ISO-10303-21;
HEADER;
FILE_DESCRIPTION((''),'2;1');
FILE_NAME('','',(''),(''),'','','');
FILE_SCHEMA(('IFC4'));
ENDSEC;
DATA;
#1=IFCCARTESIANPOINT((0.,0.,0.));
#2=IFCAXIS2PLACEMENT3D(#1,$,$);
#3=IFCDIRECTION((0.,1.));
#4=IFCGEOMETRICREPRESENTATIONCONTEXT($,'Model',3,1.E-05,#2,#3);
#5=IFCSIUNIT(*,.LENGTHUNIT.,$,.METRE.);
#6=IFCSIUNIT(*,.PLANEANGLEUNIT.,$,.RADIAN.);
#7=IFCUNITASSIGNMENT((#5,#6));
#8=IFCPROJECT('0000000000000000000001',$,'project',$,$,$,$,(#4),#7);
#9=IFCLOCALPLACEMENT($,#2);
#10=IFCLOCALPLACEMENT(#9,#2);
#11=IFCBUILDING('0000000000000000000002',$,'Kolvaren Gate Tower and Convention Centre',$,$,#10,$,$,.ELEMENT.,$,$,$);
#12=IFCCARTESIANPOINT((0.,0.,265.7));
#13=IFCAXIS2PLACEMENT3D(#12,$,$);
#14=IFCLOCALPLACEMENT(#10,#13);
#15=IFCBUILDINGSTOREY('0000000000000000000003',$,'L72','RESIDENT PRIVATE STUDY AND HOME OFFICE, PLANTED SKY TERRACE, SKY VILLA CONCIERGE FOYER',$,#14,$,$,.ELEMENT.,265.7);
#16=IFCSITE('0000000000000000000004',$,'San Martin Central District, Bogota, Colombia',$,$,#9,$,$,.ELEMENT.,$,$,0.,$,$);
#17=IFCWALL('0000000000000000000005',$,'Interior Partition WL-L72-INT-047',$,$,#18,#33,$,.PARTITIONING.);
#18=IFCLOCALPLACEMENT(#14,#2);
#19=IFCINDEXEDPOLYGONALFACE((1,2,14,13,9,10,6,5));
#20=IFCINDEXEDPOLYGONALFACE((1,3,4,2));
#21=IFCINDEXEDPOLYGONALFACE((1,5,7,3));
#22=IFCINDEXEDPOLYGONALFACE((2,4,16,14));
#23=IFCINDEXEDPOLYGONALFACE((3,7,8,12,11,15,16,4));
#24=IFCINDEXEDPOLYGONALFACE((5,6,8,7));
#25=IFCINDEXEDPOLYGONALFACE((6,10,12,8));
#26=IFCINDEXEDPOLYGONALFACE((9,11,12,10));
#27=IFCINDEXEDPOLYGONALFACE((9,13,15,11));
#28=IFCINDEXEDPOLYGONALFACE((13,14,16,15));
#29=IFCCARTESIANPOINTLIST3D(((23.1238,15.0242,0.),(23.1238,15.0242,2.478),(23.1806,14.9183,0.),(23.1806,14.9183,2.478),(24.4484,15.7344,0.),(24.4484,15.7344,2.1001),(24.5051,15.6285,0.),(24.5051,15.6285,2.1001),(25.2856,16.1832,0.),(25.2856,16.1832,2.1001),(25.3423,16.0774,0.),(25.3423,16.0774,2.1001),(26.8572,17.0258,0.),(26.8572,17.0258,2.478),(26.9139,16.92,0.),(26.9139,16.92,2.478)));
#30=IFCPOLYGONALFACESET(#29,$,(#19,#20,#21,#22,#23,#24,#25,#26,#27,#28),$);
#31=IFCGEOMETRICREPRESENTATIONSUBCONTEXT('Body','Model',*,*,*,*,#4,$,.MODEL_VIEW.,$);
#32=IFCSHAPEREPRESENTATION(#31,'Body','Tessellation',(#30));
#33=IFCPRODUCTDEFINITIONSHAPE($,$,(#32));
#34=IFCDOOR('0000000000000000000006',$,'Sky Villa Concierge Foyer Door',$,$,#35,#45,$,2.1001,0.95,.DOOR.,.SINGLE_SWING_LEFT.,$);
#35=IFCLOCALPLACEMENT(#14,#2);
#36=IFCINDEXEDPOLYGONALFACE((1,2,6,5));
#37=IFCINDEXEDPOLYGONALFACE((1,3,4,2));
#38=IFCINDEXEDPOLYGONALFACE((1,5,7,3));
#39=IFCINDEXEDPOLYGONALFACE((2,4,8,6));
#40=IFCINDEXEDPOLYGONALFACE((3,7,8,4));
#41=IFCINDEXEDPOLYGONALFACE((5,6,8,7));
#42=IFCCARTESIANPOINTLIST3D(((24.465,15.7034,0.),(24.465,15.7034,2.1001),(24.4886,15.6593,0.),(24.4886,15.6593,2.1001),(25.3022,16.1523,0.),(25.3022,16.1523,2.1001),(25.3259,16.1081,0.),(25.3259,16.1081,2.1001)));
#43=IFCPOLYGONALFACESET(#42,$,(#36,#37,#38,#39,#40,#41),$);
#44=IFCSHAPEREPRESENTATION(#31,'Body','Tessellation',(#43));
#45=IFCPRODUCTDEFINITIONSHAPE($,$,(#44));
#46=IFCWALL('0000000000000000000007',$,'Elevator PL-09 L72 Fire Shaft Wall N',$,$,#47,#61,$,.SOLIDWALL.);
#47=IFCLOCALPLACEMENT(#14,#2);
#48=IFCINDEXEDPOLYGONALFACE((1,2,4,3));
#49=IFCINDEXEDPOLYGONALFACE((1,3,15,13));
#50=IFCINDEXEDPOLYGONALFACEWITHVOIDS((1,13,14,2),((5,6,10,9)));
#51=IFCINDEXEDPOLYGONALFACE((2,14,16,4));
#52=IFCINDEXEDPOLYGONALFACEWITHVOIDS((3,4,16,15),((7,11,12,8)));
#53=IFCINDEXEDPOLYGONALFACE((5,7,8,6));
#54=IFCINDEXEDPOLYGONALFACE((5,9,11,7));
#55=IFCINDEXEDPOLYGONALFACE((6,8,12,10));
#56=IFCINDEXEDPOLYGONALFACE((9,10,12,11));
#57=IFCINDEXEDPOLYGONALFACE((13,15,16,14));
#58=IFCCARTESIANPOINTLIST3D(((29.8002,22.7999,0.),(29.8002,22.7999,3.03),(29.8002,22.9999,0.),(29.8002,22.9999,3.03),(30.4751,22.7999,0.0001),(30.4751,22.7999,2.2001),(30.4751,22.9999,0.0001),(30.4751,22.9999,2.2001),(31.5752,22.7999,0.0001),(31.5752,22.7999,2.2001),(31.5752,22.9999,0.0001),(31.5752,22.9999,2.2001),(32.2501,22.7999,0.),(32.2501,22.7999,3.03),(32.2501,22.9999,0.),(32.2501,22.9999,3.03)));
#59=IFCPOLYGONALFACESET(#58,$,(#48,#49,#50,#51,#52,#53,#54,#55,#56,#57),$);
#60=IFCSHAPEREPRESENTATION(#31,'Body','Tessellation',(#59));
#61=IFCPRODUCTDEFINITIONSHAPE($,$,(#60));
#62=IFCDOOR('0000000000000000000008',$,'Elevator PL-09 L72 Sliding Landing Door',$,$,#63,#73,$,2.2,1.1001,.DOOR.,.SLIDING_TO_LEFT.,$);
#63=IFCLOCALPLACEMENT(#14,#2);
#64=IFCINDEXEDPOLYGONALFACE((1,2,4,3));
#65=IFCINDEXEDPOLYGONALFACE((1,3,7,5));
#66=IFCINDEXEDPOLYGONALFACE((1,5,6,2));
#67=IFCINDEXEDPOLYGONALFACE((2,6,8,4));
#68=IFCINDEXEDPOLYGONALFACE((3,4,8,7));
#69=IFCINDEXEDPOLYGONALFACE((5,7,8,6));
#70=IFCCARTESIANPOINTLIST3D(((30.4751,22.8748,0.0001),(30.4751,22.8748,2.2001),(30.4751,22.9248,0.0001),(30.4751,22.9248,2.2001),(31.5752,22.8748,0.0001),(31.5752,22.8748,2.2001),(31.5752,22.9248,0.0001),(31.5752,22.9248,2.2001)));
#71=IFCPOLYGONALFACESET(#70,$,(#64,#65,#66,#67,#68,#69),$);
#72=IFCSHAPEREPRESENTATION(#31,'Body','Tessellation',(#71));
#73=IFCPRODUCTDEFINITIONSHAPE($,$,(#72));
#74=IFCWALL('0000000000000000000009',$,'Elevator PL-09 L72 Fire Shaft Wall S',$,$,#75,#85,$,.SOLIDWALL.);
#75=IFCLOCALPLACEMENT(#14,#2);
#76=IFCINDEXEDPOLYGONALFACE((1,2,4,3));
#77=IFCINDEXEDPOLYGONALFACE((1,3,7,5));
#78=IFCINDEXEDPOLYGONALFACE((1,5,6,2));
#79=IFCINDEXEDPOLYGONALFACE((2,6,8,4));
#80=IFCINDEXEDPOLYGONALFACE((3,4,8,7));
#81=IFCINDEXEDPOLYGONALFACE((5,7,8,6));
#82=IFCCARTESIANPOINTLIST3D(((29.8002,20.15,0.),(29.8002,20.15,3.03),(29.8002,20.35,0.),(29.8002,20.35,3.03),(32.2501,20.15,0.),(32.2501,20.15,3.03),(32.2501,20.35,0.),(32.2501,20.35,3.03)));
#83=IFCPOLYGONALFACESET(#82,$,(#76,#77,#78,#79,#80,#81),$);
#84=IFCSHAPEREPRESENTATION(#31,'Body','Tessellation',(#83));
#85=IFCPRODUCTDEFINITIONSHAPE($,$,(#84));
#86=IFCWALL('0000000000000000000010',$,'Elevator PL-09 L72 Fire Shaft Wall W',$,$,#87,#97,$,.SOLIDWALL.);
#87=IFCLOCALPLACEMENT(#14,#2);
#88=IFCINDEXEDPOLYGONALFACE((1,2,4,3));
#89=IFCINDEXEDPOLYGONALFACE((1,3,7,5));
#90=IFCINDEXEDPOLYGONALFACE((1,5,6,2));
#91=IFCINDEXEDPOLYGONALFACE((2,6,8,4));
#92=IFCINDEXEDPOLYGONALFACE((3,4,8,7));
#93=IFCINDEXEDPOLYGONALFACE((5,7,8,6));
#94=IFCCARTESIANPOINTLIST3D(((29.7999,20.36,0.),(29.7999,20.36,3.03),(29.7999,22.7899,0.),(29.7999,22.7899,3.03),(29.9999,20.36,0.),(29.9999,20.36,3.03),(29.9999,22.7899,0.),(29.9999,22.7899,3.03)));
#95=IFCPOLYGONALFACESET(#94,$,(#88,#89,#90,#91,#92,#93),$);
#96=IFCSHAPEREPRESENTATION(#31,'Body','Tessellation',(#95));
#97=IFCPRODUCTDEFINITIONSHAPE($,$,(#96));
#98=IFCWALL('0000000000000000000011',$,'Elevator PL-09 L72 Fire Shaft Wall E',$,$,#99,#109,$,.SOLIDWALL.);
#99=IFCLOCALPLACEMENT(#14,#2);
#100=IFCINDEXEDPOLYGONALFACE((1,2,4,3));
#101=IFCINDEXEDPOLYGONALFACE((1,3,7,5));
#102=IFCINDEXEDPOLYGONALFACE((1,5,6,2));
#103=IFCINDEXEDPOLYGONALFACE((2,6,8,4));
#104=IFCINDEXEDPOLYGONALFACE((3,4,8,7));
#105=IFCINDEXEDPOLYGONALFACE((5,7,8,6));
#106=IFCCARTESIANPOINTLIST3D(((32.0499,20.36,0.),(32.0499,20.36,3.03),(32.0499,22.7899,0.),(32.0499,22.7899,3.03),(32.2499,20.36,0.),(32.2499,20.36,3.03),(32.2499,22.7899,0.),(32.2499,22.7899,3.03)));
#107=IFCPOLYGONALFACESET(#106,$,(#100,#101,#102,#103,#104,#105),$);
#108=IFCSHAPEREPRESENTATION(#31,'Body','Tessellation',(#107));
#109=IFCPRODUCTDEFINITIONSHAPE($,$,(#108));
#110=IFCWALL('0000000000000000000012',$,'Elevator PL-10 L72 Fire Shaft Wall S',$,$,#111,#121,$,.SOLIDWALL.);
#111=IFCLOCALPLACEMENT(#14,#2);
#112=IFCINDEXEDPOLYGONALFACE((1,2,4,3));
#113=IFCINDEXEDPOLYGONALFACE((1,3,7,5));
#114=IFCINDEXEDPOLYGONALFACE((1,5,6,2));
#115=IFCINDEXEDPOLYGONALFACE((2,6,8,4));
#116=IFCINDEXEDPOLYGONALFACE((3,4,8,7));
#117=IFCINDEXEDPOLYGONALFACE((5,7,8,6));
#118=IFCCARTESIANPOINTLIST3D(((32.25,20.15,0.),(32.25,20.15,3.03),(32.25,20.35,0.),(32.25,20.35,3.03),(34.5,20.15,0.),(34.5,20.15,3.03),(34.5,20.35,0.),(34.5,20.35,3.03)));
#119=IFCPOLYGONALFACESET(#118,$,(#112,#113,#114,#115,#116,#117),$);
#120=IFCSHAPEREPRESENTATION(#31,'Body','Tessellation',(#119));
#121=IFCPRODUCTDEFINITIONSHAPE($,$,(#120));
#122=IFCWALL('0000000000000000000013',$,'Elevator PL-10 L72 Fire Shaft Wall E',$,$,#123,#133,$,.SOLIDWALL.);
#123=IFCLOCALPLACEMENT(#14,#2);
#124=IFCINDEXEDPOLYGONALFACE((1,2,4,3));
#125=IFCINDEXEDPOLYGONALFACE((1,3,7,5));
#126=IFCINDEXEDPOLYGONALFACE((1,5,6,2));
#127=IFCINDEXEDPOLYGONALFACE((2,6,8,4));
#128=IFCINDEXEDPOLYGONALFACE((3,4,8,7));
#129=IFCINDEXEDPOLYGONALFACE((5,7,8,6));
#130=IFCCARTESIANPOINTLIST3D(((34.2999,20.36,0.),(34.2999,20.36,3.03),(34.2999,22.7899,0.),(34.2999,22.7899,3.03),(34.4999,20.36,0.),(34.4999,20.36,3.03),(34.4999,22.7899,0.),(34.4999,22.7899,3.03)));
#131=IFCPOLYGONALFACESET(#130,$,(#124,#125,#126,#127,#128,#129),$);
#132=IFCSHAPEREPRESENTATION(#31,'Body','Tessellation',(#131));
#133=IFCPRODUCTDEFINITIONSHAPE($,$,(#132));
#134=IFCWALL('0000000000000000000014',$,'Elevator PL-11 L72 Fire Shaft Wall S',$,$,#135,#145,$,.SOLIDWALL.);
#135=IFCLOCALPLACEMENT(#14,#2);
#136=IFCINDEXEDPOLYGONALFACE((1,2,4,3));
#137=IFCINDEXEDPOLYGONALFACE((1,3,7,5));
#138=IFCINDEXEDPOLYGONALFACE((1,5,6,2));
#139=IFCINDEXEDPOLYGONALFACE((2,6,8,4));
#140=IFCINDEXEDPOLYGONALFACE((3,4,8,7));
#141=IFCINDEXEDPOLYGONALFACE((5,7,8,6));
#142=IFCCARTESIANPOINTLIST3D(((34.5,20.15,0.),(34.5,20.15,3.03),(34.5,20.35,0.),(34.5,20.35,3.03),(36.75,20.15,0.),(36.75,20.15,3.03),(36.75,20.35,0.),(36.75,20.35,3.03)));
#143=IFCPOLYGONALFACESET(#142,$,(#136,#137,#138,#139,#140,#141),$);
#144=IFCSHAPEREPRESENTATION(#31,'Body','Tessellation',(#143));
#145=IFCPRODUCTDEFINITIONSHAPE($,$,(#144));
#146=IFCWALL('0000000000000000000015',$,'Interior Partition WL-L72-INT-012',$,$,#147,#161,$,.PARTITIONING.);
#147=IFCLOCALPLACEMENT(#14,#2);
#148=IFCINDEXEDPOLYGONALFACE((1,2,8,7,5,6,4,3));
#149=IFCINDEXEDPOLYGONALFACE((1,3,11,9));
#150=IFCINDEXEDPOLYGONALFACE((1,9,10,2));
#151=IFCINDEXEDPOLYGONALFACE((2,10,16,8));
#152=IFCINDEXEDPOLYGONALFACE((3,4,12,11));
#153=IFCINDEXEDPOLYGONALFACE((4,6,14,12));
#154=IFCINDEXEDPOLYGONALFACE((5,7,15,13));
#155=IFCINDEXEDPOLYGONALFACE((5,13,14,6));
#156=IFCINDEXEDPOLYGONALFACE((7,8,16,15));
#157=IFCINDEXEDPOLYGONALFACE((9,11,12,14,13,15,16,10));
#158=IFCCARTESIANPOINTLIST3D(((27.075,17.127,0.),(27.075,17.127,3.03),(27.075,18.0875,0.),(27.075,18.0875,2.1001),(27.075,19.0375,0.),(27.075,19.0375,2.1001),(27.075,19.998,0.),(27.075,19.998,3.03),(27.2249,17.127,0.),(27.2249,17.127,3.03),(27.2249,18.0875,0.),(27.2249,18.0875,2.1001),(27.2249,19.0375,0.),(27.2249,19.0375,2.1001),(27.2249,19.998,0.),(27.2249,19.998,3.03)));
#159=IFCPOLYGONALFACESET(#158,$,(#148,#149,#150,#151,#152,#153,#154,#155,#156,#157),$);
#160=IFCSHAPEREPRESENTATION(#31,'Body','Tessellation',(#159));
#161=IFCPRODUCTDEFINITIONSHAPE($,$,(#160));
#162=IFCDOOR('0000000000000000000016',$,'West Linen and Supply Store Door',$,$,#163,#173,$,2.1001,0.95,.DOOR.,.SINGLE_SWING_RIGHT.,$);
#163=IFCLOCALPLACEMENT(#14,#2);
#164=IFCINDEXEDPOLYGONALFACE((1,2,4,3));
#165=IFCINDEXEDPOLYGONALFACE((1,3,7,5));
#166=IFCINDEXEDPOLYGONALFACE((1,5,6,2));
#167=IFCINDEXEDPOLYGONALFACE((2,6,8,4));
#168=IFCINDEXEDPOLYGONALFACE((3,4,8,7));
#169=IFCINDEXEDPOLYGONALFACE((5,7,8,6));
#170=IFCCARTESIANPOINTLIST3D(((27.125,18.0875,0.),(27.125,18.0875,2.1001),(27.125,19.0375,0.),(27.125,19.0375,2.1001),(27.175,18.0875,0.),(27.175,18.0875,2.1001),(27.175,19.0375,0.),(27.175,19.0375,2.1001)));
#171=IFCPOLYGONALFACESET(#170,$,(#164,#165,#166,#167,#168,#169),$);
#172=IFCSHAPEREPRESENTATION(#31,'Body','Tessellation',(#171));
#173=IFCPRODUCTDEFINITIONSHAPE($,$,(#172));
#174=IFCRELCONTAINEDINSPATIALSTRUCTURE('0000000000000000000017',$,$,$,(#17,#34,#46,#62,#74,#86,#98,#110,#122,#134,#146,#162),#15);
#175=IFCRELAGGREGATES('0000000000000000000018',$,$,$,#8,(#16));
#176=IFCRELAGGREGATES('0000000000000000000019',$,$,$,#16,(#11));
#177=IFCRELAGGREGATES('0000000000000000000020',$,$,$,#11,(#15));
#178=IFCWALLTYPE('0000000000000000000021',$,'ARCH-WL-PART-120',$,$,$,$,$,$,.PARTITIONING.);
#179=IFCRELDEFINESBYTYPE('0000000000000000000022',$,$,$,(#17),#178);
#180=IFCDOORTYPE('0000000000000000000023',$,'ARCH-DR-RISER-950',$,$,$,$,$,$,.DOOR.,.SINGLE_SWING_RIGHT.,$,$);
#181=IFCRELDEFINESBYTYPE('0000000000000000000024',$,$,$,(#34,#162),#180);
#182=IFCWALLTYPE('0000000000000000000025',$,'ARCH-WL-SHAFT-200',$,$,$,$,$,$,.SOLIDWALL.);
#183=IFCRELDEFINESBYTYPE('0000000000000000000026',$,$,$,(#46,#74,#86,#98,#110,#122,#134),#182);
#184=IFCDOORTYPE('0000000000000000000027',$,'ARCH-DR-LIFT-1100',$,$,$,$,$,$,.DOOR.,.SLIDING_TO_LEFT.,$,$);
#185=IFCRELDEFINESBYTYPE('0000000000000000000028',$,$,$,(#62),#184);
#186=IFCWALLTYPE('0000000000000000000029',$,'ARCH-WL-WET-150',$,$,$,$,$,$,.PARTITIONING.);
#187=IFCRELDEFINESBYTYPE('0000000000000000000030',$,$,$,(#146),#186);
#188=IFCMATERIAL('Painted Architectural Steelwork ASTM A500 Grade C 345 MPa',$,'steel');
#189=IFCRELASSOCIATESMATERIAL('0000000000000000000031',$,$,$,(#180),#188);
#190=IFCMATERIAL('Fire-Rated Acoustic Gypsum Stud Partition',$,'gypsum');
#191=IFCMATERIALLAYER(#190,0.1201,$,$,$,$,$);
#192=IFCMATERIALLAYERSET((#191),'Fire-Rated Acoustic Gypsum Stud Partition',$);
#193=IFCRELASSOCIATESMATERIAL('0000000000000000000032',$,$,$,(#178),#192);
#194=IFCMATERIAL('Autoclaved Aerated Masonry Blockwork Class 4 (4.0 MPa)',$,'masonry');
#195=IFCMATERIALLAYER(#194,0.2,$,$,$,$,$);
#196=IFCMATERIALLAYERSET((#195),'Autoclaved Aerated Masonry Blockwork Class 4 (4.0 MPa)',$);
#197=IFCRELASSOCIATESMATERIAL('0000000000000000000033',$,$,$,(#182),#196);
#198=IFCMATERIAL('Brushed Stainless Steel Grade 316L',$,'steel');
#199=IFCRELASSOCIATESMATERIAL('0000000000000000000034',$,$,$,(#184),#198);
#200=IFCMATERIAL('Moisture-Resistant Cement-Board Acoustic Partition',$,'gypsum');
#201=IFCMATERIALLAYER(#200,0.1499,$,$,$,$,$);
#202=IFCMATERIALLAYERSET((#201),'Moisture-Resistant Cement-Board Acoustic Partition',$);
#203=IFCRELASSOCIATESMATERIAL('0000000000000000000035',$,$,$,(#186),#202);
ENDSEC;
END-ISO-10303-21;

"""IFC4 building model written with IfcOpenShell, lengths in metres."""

from ifc_helpers import new_model, si_unit, direction, frame, frame_2d, origin, place, context, subcontext, project, spatial, rectangle, extrude, material, layer, layer_set, type_object, element, fill, save


model = new_model("IFC4")

# Units and contexts
model_context = context("Model", 3, precision=1e-05, world=origin(), true_north=direction((0.0, 1.0)))
body_context = subcontext(model_context, "Body", "Model", "MODEL_VIEW")
ifc_project = project(units=[si_unit("LENGTHUNIT", "METRE"), si_unit("PLANEANGLEUNIT", "RADIAN")], contexts=[model_context])

# Site, building, storey
site_placement = place(None, origin())
site = spatial("IfcSite", under=ifc_project, at=site_placement, Name="San Martin Central District, Bogota, Colombia", CompositionType="ELEMENT", RefElevation=0.0)
building_placement = place(site_placement, origin())
building = spatial("IfcBuilding", under=site, at=building_placement, Name="Kolvaren Gate Tower and Convention Centre", CompositionType="ELEMENT")
storey_placement = place(building_placement, frame((0.0, 0.0, 265.7)))
storey = spatial("IfcBuildingStorey", under=building, at=storey_placement, Name="L72", Description="RESIDENT PRIVATE STUDY AND HOME OFFICE, PLANTED SKY TERRACE, SKY VILLA CONCIERGE FOYER", CompositionType="ELEMENT", Elevation=265.7)

# Shared definitions
ifc_material_1 = material(Name="Autoclaved Aerated Masonry Blockwork Class 4 (4.0 MPa)", Category="masonry")
ifc_material_2 = material(Name="Painted Architectural Steelwork ASTM A500 Grade C 345 MPa", Category="steel")
door_type_1 = type_object("IfcDoorType", Name="ARCH-DR-RISER-950", OperationType="SINGLE_SWING_RIGHT", PredefinedType="DOOR", material=ifc_material_2)

# Shared definitions
ifc_material_3 = material(Name="Fire-Rated Acoustic Gypsum Stud Partition", Category="gypsum")
ifc_layer_1 = layer(ifc_material_3, 0.1201)
ifc_layer_set_1 = layer_set([ifc_layer_1], Name="Fire-Rated Acoustic Gypsum Stud Partition")
wall_type_1 = type_object("IfcWallType", Name="ARCH-WL-PART-120", PredefinedType="PARTITIONING", material=ifc_layer_set_1)

# Walls, openings, doors
wall_1_placement = place(storey_placement, frame((23.1521, 14.9712, 0.0), z_axis=(0.0, 0.0, 1.0), x_axis=(0.881315, 0.472528, 0.0)))
wall_1 = element("IfcWall", 1, at=wall_1_placement, inside=storey, type_object=wall_type_1, Name="Interior Partition WL-L72-INT-047", PredefinedType="PARTITIONING", context=body_context, shape_type="SweptSolid", body=[
    extrude(rectangle(XDim=4.2361, YDim=0.1201, at=frame_2d((2.1182, 0.0))), origin(), (0.0, 0.0, 1.0), 2.478),
])
opening_1_placement = place(wall_1_placement, frame((1.5029, 0.0, 0.0)))
opening_1 = element("IfcOpeningElement", 2, at=opening_1_placement, cuts=wall_1, PredefinedType="OPENING", context=body_context, shape_type="SweptSolid", body=[
    extrude(rectangle(XDim=0.95, YDim=2.1001, at=frame_2d((0.4751, 1.05))), frame((0.0, 0.0701, 0.0), z_axis=(0.0, -1.0, 0.0), x_axis=(1.0, 0.0, 0.0)), (0.0, 0.0, 1.0), 0.1401),
])
door_1_placement = place(opening_1_placement, origin())
door_1 = element("IfcDoor", 3, at=door_1_placement, inside=storey, type_object=door_type_1, Name="Sky Villa Concierge Foyer Door", OperationType="SINGLE_SWING_LEFT", OverallHeight=2.1001, OverallWidth=0.95, PredefinedType="DOOR", context=body_context, shape_type="SweptSolid", body=[
    extrude(rectangle(XDim=0.95, YDim=2.1001, at=frame_2d((0.4751, 1.05))), frame((0.0, 0.0249, 0.0), z_axis=(0.0, -1.0, 0.0), x_axis=(1.0, 0.0, 0.0)), (0.0, 0.0, 1.0), 0.05),
])
fill(opening_1, door_1)
ifc_layer_2 = layer(ifc_material_1, 0.2)
ifc_layer_set_2 = layer_set([ifc_layer_2], Name="Autoclaved Aerated Masonry Blockwork Class 4 (4.0 MPa)")
wall_type_2 = type_object("IfcWallType", Name="ARCH-WL-SHAFT-200", PredefinedType="SOLIDWALL", material=ifc_layer_set_2)
wall_2_placement = place(storey_placement, frame((29.8, 22.8999, 0.0), z_axis=(0.0, 0.0, 1.0), x_axis=(1.0, 0.0, 0.0)))
wall_2 = element("IfcWall", 4, at=wall_2_placement, inside=storey, type_object=wall_type_2, Name="Elevator PL-09 L72 Fire Shaft Wall N", PredefinedType="SOLIDWALL", context=body_context, shape_type="SweptSolid", body=[
    extrude(rectangle(XDim=2.45, YDim=0.2, at=frame_2d((1.2251, 0.0))), origin(), (0.0, 0.0, 1.0), 3.03),
])
opening_2_placement = place(wall_2_placement, frame((0.675, 0.0, 0.0)))
opening_2 = element("IfcOpeningElement", 5, at=opening_2_placement, cuts=wall_2, PredefinedType="OPENING", context=body_context, shape_type="SweptSolid", body=[
    extrude(rectangle(XDim=1.1001, YDim=2.2, at=frame_2d((0.55, 1.1001))), frame((0.0, 0.1099, 0.0), z_axis=(0.0, -1.0, 0.0), x_axis=(1.0, 0.0, 0.0)), (0.0, 0.0, 1.0), 0.22),
])
ifc_material_4 = material(Name="Brushed Stainless Steel Grade 316L", Category="steel")
door_type_2 = type_object("IfcDoorType", Name="ARCH-DR-LIFT-1100", OperationType="SLIDING_TO_LEFT", PredefinedType="DOOR", material=ifc_material_4)
door_2_placement = place(opening_2_placement, origin())
door_2 = element("IfcDoor", 6, at=door_2_placement, inside=storey, type_object=door_type_2, Name="Elevator PL-09 L72 Sliding Landing Door", OperationType="SLIDING_TO_LEFT", OverallHeight=2.2, OverallWidth=1.1001, PredefinedType="DOOR", context=body_context, shape_type="SweptSolid", body=[
    extrude(rectangle(XDim=1.1001, YDim=2.2, at=frame_2d((0.55, 1.1001))), frame((0.0, 0.0249, 0.0), z_axis=(0.0, -1.0, 0.0), x_axis=(1.0, 0.0, 0.0)), (0.0, 0.0, 1.0), 0.05),
])
fill(opening_2, door_2)

# Walls
wall_3_placement = place(storey_placement, frame((29.8, 20.25, 0.0), z_axis=(0.0, 0.0, 1.0), x_axis=(1.0, 0.0, 0.0)))
element("IfcWall", 7, at=wall_3_placement, inside=storey, type_object=wall_type_2, Name="Elevator PL-09 L72 Fire Shaft Wall S", PredefinedType="SOLIDWALL", context=body_context, shape_type="SweptSolid", body=[
    extrude(rectangle(XDim=2.45, YDim=0.2, at=frame_2d((1.2251, 0.0))), origin(), (0.0, 0.0, 1.0), 3.03),
])
for number, where, z_axis, x_axis, name in (
    (8, (29.8999, 20.3601, 0.0), (0.0, 0.0, 1.0), (0.0, 1.0, 0.0), "Elevator PL-09 L72 Fire Shaft Wall W"),
    (9, (32.1499, 20.3601, 0.0), (0.0, 0.0, 1.0), (0.0, 1.0, 0.0), "Elevator PL-09 L72 Fire Shaft Wall E"),
):
    element("IfcWall", number, at=place(storey_placement, frame(where, z_axis=z_axis, x_axis=x_axis)), inside=storey, type_object=wall_type_2, Name=name, PredefinedType="SOLIDWALL", context=body_context, shape_type="SweptSolid", body=[
        extrude(rectangle(XDim=2.4299, YDim=0.2, at=frame_2d((1.2148, 0.0))), origin(), (0.0, 0.0, 1.0), 3.03),
    ])
wall_4_placement = place(storey_placement, frame((32.25, 20.25, 0.0), z_axis=(0.0, 0.0, 1.0), x_axis=(1.0, 0.0, 0.0)))
element("IfcWall", 10, at=wall_4_placement, inside=storey, type_object=wall_type_2, Name="Elevator PL-10 L72 Fire Shaft Wall S", PredefinedType="SOLIDWALL", context=body_context, shape_type="SweptSolid", body=[
    extrude(rectangle(XDim=2.25, YDim=0.2, at=frame_2d((1.125, 0.0))), origin(), (0.0, 0.0, 1.0), 3.03),
])
wall_5_placement = place(storey_placement, frame((34.3999, 20.3601, 0.0), z_axis=(0.0, 0.0, 1.0), x_axis=(0.0, 1.0, 0.0)))
element("IfcWall", 11, at=wall_5_placement, inside=storey, type_object=wall_type_2, Name="Elevator PL-10 L72 Fire Shaft Wall E", PredefinedType="SOLIDWALL", context=body_context, shape_type="SweptSolid", body=[
    extrude(rectangle(XDim=2.4299, YDim=0.2, at=frame_2d((1.2148, 0.0))), origin(), (0.0, 0.0, 1.0), 3.03),
])
wall_6_placement = place(storey_placement, frame((34.5, 20.25, 0.0), z_axis=(0.0, 0.0, 1.0), x_axis=(1.0, 0.0, 0.0)))
element("IfcWall", 12, at=wall_6_placement, inside=storey, type_object=wall_type_2, Name="Elevator PL-11 L72 Fire Shaft Wall S", PredefinedType="SOLIDWALL", context=body_context, shape_type="SweptSolid", body=[
    extrude(rectangle(XDim=2.25, YDim=0.2, at=frame_2d((1.125, 0.0))), origin(), (0.0, 0.0, 1.0), 3.03),
])

# Wall, opening, door
ifc_material_5 = material(Name="Moisture-Resistant Cement-Board Acoustic Partition", Category="gypsum")
ifc_layer_3 = layer(ifc_material_5, 0.1499)
ifc_layer_set_3 = layer_set([ifc_layer_3], Name="Moisture-Resistant Cement-Board Acoustic Partition")
wall_type_3 = type_object("IfcWallType", Name="ARCH-WL-WET-150", PredefinedType="PARTITIONING", material=ifc_layer_set_3)
wall_7_placement = place(storey_placement, frame((27.1499, 17.127, 0.0), z_axis=(0.0, 0.0, 1.0), x_axis=(0.0, 1.0, 0.0)))
wall_7 = element("IfcWall", 13, at=wall_7_placement, inside=storey, type_object=wall_type_3, Name="Interior Partition WL-L72-INT-012", PredefinedType="PARTITIONING", context=body_context, shape_type="SweptSolid", body=[
    extrude(rectangle(XDim=2.8711, YDim=0.1499, at=frame_2d((1.4355, 0.0))), origin(), (0.0, 0.0, 1.0), 3.03),
])
opening_3_placement = place(wall_7_placement, frame((0.9604, 0.0, 0.0)))
opening_3 = element("IfcOpeningElement", 14, at=opening_3_placement, cuts=wall_7, PredefinedType="OPENING", context=body_context, shape_type="SweptSolid", body=[
    extrude(rectangle(XDim=0.95, YDim=2.1001, at=frame_2d((0.4751, 1.05))), frame((0.0, 0.085, 0.0), z_axis=(0.0, -1.0, 0.0), x_axis=(1.0, 0.0, 0.0)), (0.0, 0.0, 1.0), 0.1699),
])
door_3_placement = place(opening_3_placement, origin())
door_3 = element("IfcDoor", 15, at=door_3_placement, inside=storey, type_object=door_type_1, Name="West Linen and Supply Store Door", OperationType="SINGLE_SWING_RIGHT", OverallHeight=2.1001, OverallWidth=0.95, PredefinedType="DOOR", context=body_context, shape_type="SweptSolid", body=[
    extrude(rectangle(XDim=0.95, YDim=2.1001, at=frame_2d((0.4751, 1.05))), frame((0.0, 0.0249, 0.0), z_axis=(0.0, -1.0, 0.0), x_axis=(1.0, 0.0, 0.0)), (0.0, 0.0, 1.0), 0.05),
])
fill(opening_3, door_3)

save(model, "model.ifc")
